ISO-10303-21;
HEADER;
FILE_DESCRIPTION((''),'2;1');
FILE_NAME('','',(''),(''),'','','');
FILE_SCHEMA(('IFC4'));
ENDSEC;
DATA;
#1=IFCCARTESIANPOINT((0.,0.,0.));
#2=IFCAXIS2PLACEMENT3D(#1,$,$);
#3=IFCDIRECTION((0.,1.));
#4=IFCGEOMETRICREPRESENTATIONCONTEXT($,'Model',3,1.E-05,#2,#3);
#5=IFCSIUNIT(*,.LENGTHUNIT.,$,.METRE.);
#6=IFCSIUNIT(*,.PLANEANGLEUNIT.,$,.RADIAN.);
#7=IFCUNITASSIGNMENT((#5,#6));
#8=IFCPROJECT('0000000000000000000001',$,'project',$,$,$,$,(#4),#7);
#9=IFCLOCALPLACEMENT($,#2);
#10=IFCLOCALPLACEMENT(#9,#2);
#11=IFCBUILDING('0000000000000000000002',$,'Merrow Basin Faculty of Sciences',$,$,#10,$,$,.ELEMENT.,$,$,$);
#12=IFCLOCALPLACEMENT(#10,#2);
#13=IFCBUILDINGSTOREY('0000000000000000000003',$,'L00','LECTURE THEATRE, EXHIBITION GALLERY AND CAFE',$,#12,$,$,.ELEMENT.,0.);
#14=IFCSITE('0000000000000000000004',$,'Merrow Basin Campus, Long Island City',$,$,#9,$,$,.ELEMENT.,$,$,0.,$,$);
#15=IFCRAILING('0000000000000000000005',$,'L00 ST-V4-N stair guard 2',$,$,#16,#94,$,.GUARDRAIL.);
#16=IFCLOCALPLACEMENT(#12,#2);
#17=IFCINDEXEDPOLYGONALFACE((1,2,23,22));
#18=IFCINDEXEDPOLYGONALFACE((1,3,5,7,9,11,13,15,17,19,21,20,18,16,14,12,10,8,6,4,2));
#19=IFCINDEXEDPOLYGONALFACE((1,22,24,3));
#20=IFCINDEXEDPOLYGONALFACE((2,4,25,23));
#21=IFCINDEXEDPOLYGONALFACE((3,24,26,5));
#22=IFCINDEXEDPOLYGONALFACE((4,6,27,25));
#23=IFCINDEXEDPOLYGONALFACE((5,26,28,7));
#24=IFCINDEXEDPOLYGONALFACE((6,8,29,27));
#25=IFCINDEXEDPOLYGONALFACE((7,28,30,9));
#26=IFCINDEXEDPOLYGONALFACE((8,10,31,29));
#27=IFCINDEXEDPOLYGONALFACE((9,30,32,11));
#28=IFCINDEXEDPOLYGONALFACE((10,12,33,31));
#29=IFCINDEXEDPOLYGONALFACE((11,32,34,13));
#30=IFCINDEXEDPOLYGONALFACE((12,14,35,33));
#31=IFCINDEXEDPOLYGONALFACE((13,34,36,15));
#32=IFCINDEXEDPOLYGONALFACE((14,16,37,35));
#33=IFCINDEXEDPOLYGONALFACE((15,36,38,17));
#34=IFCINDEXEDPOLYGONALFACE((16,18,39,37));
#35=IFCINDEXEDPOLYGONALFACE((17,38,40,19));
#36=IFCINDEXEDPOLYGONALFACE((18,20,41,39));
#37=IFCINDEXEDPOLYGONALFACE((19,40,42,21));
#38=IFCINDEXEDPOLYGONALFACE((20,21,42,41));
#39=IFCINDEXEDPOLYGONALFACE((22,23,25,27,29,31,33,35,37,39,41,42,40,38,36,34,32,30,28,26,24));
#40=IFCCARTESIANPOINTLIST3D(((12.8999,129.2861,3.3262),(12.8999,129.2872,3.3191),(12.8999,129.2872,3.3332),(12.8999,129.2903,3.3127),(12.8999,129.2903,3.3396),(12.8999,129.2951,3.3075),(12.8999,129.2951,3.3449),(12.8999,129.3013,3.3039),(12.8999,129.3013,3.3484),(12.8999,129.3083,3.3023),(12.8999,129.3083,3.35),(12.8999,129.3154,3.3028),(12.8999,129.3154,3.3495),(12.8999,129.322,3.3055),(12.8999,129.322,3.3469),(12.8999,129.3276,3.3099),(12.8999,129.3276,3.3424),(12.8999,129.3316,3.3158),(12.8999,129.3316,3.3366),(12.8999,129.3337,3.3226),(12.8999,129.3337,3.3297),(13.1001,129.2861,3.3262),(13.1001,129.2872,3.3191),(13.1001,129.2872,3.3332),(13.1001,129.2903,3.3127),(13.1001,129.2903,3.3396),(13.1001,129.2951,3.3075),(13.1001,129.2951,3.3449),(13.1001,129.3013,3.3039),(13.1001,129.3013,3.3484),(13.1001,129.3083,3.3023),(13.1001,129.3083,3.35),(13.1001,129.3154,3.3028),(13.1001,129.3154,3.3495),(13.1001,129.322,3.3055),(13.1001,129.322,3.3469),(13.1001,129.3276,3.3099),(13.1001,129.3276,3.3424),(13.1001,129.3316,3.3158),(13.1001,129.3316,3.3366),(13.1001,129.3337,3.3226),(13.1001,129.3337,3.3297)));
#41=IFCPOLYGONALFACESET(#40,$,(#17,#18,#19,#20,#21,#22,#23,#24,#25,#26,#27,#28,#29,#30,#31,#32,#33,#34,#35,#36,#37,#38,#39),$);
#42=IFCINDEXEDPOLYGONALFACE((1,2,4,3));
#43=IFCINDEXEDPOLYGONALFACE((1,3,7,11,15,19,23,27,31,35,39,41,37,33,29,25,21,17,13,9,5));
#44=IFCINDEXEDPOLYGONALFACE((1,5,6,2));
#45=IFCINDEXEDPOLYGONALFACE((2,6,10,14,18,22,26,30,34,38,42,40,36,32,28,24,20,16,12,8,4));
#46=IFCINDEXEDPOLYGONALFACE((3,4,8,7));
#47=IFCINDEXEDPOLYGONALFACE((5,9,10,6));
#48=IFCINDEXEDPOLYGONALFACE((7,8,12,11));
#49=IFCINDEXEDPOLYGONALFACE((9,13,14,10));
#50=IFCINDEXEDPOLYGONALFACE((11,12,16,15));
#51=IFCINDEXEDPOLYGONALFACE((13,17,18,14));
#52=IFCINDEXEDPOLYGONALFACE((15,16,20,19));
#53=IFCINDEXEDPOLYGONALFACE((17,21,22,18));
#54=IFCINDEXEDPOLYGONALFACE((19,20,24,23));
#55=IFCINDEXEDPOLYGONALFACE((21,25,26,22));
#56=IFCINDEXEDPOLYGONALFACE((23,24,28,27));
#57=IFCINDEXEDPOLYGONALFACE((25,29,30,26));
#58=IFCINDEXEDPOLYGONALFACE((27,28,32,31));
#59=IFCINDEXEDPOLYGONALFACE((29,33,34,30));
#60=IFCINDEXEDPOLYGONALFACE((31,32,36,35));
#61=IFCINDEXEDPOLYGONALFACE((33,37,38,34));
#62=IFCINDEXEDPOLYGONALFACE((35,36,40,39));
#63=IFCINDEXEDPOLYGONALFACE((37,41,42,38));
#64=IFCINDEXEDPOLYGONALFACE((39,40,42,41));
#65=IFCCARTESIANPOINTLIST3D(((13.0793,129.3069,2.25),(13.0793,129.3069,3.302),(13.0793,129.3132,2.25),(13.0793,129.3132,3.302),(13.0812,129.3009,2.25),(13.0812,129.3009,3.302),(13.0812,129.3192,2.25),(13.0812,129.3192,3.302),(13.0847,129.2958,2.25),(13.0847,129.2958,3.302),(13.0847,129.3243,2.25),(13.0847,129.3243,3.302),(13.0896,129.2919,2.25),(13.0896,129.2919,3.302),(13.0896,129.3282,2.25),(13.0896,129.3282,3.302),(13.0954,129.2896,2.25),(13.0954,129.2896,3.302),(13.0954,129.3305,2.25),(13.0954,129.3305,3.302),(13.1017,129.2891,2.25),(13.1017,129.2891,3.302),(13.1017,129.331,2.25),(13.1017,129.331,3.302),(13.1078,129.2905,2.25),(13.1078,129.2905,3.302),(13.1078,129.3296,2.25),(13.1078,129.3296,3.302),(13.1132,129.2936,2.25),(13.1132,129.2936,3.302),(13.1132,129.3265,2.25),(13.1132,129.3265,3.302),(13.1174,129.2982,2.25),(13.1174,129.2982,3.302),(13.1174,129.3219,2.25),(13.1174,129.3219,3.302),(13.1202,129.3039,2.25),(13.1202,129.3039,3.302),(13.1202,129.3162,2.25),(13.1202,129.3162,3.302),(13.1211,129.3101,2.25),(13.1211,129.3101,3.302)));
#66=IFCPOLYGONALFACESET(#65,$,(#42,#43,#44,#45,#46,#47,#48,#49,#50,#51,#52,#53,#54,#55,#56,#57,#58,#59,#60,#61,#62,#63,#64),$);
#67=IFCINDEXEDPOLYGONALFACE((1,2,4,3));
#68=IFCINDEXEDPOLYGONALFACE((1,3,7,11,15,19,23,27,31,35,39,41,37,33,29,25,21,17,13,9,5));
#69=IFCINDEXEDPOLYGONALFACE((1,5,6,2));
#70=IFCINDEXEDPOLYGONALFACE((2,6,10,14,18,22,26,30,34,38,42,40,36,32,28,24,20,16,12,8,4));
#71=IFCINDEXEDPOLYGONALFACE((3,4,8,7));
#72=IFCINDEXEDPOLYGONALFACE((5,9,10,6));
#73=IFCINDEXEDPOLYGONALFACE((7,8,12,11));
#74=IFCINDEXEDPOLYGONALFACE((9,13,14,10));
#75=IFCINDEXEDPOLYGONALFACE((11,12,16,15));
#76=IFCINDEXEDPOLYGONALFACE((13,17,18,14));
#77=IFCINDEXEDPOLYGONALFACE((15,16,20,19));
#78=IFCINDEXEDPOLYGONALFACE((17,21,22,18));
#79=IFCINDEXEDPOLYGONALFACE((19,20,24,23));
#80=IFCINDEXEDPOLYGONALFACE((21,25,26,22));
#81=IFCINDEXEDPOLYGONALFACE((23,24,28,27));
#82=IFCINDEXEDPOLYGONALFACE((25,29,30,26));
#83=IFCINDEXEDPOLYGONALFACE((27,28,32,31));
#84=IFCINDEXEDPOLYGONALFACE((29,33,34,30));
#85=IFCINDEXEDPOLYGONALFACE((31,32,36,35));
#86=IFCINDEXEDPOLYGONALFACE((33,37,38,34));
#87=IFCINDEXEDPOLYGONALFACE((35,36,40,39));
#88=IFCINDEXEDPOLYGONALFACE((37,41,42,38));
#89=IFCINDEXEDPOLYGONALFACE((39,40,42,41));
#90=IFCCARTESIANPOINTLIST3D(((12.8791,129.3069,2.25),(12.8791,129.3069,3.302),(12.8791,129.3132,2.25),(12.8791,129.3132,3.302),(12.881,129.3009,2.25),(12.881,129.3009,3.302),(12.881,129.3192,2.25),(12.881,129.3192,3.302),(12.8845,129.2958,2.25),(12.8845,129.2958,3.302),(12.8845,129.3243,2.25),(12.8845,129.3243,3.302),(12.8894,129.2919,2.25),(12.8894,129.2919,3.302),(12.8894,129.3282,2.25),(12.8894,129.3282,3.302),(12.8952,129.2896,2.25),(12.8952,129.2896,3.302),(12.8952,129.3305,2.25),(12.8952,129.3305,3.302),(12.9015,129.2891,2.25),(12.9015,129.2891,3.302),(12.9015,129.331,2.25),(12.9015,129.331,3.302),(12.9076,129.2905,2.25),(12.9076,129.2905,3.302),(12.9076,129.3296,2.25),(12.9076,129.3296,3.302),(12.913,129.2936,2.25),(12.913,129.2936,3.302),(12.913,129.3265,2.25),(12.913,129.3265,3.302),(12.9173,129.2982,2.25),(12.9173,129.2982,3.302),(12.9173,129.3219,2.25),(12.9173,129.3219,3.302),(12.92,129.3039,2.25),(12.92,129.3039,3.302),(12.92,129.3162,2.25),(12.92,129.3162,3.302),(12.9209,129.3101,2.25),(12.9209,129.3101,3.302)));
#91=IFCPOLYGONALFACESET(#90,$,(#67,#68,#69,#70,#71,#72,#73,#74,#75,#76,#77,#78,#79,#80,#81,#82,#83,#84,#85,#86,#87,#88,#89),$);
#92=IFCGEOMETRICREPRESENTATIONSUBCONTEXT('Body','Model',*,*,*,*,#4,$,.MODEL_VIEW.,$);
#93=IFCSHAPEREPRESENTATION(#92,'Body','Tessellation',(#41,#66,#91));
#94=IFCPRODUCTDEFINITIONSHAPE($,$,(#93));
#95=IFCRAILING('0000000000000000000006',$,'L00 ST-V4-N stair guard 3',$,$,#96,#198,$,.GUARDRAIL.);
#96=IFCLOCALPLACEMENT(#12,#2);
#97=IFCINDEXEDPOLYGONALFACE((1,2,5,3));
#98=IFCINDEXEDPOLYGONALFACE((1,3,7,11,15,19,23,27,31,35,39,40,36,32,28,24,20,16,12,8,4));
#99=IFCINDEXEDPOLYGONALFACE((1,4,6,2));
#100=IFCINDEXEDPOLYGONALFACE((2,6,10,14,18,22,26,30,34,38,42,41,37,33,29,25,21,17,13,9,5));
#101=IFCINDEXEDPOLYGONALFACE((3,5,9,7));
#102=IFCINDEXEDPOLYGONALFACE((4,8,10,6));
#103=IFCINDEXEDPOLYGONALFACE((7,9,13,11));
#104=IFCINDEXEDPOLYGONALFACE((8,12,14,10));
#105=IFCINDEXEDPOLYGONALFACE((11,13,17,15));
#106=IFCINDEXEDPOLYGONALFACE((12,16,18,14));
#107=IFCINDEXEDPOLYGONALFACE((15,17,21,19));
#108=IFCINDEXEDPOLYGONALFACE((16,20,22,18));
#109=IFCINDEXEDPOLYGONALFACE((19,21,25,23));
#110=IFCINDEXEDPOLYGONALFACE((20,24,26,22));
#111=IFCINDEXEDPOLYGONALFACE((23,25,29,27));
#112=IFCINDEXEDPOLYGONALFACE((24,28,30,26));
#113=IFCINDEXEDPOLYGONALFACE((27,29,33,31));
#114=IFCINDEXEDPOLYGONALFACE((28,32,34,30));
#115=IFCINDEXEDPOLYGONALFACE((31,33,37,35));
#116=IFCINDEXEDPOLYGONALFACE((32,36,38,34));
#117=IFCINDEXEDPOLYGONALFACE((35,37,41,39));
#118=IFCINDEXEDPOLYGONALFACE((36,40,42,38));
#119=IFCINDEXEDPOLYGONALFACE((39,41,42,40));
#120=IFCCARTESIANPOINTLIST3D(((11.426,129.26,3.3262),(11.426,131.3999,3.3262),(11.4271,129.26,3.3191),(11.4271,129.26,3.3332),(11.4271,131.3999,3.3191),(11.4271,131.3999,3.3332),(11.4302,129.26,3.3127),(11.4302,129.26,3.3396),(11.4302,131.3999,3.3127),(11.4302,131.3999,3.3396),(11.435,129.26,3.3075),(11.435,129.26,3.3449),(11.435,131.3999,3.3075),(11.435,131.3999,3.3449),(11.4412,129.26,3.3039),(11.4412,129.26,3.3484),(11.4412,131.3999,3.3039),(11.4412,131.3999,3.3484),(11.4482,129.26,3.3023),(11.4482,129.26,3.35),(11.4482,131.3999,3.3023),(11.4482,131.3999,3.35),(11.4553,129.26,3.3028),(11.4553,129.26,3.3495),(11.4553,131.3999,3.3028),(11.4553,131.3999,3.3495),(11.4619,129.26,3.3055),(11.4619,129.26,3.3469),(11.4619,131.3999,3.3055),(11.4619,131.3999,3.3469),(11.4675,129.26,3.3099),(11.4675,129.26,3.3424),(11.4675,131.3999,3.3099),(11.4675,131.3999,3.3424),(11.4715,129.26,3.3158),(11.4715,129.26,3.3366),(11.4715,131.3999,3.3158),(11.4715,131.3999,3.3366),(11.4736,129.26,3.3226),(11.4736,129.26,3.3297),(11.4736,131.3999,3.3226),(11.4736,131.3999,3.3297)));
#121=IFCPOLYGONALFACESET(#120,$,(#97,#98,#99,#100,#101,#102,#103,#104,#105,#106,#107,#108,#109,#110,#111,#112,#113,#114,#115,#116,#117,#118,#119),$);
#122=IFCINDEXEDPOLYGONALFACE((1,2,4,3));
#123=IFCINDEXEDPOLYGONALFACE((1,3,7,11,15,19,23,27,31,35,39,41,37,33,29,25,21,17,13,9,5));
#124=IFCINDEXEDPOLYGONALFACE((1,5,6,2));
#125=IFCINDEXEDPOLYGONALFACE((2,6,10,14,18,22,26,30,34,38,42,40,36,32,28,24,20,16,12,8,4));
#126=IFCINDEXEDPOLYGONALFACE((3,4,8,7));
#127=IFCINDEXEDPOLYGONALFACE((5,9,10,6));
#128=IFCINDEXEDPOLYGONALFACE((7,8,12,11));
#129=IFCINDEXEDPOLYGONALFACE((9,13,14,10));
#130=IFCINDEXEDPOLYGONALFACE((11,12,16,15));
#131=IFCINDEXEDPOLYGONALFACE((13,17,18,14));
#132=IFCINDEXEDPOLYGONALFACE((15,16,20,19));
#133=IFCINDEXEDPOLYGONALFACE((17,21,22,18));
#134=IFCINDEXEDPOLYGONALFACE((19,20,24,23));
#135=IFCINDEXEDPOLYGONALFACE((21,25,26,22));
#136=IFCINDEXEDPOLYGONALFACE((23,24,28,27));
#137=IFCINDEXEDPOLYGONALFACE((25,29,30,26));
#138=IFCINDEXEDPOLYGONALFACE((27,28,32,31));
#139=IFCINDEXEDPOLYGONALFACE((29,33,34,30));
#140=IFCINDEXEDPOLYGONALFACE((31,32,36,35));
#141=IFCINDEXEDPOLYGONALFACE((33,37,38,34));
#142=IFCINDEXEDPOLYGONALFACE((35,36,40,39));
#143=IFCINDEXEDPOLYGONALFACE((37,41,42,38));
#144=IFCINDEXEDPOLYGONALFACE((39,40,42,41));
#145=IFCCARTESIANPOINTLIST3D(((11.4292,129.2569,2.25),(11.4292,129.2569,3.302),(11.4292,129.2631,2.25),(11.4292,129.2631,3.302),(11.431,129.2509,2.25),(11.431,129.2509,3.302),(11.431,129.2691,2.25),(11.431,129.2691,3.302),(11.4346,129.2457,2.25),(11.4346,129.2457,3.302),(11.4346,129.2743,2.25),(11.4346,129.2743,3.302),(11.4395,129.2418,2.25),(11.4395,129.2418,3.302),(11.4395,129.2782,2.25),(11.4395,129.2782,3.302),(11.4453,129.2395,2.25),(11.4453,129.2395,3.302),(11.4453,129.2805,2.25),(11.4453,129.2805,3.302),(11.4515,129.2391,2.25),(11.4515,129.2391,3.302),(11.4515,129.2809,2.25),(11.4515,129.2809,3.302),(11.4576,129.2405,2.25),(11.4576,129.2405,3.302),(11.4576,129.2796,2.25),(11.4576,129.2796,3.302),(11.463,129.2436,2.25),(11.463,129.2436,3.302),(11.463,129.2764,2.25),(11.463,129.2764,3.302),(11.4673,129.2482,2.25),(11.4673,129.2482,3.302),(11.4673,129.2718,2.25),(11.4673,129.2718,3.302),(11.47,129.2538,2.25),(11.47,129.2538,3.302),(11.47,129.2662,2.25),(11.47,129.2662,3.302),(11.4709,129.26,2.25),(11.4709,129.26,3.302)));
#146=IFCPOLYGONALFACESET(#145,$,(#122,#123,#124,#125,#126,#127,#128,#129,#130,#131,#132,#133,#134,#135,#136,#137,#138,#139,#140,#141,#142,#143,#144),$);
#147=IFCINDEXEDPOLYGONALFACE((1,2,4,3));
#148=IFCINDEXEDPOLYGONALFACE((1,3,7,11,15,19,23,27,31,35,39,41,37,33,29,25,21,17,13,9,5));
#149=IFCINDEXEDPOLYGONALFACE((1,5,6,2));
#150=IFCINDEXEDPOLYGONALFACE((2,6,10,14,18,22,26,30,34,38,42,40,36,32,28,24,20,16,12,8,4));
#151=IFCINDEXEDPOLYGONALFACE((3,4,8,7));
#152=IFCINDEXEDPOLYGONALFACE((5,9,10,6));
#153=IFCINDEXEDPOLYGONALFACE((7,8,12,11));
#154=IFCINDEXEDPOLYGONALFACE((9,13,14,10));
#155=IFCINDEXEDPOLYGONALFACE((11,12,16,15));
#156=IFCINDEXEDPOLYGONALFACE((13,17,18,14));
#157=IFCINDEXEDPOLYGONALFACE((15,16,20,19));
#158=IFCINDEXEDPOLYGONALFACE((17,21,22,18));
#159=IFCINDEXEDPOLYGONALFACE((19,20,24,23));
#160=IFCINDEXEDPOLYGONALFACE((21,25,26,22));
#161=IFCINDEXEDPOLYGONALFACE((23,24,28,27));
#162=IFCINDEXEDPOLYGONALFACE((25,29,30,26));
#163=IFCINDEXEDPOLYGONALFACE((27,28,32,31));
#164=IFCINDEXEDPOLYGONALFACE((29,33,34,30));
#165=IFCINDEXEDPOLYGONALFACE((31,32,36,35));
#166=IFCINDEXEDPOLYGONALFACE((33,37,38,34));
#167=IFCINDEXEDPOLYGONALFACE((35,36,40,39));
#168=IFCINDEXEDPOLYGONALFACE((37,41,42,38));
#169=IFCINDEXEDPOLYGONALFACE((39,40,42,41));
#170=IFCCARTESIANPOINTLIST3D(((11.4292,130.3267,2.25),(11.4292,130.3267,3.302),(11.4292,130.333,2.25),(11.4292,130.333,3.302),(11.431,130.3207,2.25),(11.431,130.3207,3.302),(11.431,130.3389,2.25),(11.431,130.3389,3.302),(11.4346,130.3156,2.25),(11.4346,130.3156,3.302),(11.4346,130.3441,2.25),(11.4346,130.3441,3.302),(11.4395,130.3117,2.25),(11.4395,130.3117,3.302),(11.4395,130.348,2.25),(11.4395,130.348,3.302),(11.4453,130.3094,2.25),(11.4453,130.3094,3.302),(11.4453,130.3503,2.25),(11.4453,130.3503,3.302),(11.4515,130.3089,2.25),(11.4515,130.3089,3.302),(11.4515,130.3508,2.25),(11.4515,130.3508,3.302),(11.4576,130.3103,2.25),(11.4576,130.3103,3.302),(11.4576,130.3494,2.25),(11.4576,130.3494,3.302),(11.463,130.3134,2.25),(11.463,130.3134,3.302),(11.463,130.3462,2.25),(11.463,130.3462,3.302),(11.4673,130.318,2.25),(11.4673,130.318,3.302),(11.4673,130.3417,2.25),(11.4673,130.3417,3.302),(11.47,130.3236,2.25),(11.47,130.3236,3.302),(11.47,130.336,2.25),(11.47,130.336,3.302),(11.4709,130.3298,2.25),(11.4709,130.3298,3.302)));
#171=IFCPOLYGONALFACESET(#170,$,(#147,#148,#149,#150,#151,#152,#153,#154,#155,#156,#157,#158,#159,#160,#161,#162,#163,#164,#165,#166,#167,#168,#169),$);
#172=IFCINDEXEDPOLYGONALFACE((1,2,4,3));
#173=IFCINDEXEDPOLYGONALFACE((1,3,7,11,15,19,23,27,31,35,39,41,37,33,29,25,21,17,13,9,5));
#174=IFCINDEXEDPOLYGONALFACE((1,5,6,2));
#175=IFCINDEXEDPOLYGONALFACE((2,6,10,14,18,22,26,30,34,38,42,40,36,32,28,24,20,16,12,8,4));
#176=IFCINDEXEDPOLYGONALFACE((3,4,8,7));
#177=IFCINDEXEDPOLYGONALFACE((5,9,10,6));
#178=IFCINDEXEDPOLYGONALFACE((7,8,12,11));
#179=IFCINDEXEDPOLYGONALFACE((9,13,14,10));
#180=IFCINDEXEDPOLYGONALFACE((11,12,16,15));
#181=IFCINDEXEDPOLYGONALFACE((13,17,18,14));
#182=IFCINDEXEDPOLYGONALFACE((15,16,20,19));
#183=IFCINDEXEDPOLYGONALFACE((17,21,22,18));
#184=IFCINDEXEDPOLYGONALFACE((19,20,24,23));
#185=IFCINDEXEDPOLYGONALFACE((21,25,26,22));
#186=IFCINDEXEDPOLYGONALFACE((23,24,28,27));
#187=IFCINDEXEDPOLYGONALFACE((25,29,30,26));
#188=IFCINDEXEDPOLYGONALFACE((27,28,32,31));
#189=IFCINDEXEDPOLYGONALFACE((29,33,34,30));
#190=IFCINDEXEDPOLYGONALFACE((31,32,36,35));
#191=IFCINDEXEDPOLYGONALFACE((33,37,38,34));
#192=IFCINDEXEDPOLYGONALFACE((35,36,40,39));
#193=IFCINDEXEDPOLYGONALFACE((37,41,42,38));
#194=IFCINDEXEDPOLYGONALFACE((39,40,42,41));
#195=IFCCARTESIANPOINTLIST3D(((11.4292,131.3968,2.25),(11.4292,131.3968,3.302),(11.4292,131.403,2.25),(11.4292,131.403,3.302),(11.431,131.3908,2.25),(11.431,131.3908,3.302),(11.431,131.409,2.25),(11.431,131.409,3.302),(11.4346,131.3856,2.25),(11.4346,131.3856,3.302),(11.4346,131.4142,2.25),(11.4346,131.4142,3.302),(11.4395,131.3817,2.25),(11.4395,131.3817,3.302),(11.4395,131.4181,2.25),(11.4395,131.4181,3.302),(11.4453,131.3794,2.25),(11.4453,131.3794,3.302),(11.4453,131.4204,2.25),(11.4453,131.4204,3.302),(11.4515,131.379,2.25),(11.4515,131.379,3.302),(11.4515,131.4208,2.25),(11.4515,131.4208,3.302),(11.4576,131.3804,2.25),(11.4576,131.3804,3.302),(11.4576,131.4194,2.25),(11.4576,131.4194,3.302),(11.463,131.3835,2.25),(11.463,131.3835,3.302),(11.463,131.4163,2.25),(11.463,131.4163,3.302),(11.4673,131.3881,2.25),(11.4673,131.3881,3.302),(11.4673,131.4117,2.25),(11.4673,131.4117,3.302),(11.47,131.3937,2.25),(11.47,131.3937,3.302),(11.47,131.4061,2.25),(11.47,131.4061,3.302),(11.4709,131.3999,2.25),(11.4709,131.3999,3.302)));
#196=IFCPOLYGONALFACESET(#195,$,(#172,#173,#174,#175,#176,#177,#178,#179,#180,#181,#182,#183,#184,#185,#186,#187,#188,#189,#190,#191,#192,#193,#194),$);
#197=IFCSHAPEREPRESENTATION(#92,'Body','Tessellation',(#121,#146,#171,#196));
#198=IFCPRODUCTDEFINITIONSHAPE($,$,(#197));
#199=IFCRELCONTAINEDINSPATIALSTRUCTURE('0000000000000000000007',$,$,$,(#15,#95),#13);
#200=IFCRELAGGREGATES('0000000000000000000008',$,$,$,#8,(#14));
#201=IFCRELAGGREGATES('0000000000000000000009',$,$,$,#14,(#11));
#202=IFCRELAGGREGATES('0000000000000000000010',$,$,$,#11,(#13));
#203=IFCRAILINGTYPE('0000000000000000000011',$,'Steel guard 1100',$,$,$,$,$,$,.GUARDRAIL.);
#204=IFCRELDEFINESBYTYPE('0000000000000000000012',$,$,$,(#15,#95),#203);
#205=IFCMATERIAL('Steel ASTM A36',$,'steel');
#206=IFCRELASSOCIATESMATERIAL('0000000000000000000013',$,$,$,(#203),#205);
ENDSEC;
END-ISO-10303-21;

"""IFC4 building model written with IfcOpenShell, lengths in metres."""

from ifc_helpers import new_model, si_unit, direction, frame, origin, origin_2d, place, context, subcontext, project, spatial, circle, extrude, material, type_object, element, save


model = new_model("IFC4")

# Units and contexts
model_context = context("Model", 3, precision=1e-05, world=origin(), true_north=direction((0.0, 1.0)))
body_context = subcontext(model_context, "Body", "Model", "MODEL_VIEW")
ifc_project = project(units=[si_unit("LENGTHUNIT", "METRE"), si_unit("PLANEANGLEUNIT", "RADIAN")], contexts=[model_context])

# Site, building, storey
site_placement = place(None, origin())
site = spatial("IfcSite", under=ifc_project, at=site_placement, Name="Merrow Basin Campus, Long Island City", CompositionType="ELEMENT", RefElevation=0.0)
building_placement = place(site_placement, origin())
building = spatial("IfcBuilding", under=site, at=building_placement, Name="Merrow Basin Faculty of Sciences", CompositionType="ELEMENT")
storey_placement = place(building_placement, origin())
storey = spatial("IfcBuildingStorey", under=building, at=storey_placement, Name="L00", Description="LECTURE THEATRE, EXHIBITION GALLERY AND CAFE", CompositionType="ELEMENT", Elevation=0.0)

# Railings
ifc_material_1 = material(Name="Steel ASTM A36", Category="steel")
railing_type_1 = type_object("IfcRailingType", Name="Steel guard 1100", PredefinedType="GUARDRAIL", material=ifc_material_1)
railing_1_placement = place(storey_placement, frame((13.1001, 129.3101, 2.25)))
element("IfcRailing", 1, at=railing_1_placement, inside=storey, type_object=railing_type_1, Name="L00 ST-V4-N stair guard 2", PredefinedType="GUARDRAIL", context=body_context, shape_type="SweptSolid", body=[
    extrude(circle(Radius=0.0239, at=origin_2d()), frame((0.0, 0.0, 1.0762), z_axis=(-1.0, 0.0, 0.0), x_axis=(0.0, -1.0, 0.0)), (0.0, 0.0, 1.0), 0.2002),
    extrude(circle(Radius=0.021, at=origin_2d()), origin(), (0.0, 0.0, 1.0), 1.052),
    extrude(circle(Radius=0.021, at=origin_2d()), frame((-0.2002, 0.0, 0.0)), (0.0, 0.0, 1.0), 1.052),
])
railing_2_placement = place(storey_placement, frame((11.45, 129.26, 2.25)))
element("IfcRailing", 2, at=railing_2_placement, inside=storey, type_object=railing_type_1, Name="L00 ST-V4-N stair guard 3", PredefinedType="GUARDRAIL", context=body_context, shape_type="SweptSolid", body=[
    extrude(circle(Radius=0.0239, at=origin_2d()), frame((0.0, 0.0, 1.0762), z_axis=(0.0, 1.0, 0.0), x_axis=(-1.0, 0.0, 0.0)), (0.0, 0.0, 1.0), 2.1399),
    extrude(circle(Radius=0.021, at=origin_2d()), origin(), (0.0, 0.0, 1.0), 1.052),
    extrude(circle(Radius=0.021, at=origin_2d()), frame((0.0, 1.0698, 0.0)), (0.0, 0.0, 1.0), 1.052),
    extrude(circle(Radius=0.021, at=origin_2d()), frame((0.0, 2.1399, 0.0)), (0.0, 0.0, 1.0), 1.052),
])

save(model, "model.ifc")
